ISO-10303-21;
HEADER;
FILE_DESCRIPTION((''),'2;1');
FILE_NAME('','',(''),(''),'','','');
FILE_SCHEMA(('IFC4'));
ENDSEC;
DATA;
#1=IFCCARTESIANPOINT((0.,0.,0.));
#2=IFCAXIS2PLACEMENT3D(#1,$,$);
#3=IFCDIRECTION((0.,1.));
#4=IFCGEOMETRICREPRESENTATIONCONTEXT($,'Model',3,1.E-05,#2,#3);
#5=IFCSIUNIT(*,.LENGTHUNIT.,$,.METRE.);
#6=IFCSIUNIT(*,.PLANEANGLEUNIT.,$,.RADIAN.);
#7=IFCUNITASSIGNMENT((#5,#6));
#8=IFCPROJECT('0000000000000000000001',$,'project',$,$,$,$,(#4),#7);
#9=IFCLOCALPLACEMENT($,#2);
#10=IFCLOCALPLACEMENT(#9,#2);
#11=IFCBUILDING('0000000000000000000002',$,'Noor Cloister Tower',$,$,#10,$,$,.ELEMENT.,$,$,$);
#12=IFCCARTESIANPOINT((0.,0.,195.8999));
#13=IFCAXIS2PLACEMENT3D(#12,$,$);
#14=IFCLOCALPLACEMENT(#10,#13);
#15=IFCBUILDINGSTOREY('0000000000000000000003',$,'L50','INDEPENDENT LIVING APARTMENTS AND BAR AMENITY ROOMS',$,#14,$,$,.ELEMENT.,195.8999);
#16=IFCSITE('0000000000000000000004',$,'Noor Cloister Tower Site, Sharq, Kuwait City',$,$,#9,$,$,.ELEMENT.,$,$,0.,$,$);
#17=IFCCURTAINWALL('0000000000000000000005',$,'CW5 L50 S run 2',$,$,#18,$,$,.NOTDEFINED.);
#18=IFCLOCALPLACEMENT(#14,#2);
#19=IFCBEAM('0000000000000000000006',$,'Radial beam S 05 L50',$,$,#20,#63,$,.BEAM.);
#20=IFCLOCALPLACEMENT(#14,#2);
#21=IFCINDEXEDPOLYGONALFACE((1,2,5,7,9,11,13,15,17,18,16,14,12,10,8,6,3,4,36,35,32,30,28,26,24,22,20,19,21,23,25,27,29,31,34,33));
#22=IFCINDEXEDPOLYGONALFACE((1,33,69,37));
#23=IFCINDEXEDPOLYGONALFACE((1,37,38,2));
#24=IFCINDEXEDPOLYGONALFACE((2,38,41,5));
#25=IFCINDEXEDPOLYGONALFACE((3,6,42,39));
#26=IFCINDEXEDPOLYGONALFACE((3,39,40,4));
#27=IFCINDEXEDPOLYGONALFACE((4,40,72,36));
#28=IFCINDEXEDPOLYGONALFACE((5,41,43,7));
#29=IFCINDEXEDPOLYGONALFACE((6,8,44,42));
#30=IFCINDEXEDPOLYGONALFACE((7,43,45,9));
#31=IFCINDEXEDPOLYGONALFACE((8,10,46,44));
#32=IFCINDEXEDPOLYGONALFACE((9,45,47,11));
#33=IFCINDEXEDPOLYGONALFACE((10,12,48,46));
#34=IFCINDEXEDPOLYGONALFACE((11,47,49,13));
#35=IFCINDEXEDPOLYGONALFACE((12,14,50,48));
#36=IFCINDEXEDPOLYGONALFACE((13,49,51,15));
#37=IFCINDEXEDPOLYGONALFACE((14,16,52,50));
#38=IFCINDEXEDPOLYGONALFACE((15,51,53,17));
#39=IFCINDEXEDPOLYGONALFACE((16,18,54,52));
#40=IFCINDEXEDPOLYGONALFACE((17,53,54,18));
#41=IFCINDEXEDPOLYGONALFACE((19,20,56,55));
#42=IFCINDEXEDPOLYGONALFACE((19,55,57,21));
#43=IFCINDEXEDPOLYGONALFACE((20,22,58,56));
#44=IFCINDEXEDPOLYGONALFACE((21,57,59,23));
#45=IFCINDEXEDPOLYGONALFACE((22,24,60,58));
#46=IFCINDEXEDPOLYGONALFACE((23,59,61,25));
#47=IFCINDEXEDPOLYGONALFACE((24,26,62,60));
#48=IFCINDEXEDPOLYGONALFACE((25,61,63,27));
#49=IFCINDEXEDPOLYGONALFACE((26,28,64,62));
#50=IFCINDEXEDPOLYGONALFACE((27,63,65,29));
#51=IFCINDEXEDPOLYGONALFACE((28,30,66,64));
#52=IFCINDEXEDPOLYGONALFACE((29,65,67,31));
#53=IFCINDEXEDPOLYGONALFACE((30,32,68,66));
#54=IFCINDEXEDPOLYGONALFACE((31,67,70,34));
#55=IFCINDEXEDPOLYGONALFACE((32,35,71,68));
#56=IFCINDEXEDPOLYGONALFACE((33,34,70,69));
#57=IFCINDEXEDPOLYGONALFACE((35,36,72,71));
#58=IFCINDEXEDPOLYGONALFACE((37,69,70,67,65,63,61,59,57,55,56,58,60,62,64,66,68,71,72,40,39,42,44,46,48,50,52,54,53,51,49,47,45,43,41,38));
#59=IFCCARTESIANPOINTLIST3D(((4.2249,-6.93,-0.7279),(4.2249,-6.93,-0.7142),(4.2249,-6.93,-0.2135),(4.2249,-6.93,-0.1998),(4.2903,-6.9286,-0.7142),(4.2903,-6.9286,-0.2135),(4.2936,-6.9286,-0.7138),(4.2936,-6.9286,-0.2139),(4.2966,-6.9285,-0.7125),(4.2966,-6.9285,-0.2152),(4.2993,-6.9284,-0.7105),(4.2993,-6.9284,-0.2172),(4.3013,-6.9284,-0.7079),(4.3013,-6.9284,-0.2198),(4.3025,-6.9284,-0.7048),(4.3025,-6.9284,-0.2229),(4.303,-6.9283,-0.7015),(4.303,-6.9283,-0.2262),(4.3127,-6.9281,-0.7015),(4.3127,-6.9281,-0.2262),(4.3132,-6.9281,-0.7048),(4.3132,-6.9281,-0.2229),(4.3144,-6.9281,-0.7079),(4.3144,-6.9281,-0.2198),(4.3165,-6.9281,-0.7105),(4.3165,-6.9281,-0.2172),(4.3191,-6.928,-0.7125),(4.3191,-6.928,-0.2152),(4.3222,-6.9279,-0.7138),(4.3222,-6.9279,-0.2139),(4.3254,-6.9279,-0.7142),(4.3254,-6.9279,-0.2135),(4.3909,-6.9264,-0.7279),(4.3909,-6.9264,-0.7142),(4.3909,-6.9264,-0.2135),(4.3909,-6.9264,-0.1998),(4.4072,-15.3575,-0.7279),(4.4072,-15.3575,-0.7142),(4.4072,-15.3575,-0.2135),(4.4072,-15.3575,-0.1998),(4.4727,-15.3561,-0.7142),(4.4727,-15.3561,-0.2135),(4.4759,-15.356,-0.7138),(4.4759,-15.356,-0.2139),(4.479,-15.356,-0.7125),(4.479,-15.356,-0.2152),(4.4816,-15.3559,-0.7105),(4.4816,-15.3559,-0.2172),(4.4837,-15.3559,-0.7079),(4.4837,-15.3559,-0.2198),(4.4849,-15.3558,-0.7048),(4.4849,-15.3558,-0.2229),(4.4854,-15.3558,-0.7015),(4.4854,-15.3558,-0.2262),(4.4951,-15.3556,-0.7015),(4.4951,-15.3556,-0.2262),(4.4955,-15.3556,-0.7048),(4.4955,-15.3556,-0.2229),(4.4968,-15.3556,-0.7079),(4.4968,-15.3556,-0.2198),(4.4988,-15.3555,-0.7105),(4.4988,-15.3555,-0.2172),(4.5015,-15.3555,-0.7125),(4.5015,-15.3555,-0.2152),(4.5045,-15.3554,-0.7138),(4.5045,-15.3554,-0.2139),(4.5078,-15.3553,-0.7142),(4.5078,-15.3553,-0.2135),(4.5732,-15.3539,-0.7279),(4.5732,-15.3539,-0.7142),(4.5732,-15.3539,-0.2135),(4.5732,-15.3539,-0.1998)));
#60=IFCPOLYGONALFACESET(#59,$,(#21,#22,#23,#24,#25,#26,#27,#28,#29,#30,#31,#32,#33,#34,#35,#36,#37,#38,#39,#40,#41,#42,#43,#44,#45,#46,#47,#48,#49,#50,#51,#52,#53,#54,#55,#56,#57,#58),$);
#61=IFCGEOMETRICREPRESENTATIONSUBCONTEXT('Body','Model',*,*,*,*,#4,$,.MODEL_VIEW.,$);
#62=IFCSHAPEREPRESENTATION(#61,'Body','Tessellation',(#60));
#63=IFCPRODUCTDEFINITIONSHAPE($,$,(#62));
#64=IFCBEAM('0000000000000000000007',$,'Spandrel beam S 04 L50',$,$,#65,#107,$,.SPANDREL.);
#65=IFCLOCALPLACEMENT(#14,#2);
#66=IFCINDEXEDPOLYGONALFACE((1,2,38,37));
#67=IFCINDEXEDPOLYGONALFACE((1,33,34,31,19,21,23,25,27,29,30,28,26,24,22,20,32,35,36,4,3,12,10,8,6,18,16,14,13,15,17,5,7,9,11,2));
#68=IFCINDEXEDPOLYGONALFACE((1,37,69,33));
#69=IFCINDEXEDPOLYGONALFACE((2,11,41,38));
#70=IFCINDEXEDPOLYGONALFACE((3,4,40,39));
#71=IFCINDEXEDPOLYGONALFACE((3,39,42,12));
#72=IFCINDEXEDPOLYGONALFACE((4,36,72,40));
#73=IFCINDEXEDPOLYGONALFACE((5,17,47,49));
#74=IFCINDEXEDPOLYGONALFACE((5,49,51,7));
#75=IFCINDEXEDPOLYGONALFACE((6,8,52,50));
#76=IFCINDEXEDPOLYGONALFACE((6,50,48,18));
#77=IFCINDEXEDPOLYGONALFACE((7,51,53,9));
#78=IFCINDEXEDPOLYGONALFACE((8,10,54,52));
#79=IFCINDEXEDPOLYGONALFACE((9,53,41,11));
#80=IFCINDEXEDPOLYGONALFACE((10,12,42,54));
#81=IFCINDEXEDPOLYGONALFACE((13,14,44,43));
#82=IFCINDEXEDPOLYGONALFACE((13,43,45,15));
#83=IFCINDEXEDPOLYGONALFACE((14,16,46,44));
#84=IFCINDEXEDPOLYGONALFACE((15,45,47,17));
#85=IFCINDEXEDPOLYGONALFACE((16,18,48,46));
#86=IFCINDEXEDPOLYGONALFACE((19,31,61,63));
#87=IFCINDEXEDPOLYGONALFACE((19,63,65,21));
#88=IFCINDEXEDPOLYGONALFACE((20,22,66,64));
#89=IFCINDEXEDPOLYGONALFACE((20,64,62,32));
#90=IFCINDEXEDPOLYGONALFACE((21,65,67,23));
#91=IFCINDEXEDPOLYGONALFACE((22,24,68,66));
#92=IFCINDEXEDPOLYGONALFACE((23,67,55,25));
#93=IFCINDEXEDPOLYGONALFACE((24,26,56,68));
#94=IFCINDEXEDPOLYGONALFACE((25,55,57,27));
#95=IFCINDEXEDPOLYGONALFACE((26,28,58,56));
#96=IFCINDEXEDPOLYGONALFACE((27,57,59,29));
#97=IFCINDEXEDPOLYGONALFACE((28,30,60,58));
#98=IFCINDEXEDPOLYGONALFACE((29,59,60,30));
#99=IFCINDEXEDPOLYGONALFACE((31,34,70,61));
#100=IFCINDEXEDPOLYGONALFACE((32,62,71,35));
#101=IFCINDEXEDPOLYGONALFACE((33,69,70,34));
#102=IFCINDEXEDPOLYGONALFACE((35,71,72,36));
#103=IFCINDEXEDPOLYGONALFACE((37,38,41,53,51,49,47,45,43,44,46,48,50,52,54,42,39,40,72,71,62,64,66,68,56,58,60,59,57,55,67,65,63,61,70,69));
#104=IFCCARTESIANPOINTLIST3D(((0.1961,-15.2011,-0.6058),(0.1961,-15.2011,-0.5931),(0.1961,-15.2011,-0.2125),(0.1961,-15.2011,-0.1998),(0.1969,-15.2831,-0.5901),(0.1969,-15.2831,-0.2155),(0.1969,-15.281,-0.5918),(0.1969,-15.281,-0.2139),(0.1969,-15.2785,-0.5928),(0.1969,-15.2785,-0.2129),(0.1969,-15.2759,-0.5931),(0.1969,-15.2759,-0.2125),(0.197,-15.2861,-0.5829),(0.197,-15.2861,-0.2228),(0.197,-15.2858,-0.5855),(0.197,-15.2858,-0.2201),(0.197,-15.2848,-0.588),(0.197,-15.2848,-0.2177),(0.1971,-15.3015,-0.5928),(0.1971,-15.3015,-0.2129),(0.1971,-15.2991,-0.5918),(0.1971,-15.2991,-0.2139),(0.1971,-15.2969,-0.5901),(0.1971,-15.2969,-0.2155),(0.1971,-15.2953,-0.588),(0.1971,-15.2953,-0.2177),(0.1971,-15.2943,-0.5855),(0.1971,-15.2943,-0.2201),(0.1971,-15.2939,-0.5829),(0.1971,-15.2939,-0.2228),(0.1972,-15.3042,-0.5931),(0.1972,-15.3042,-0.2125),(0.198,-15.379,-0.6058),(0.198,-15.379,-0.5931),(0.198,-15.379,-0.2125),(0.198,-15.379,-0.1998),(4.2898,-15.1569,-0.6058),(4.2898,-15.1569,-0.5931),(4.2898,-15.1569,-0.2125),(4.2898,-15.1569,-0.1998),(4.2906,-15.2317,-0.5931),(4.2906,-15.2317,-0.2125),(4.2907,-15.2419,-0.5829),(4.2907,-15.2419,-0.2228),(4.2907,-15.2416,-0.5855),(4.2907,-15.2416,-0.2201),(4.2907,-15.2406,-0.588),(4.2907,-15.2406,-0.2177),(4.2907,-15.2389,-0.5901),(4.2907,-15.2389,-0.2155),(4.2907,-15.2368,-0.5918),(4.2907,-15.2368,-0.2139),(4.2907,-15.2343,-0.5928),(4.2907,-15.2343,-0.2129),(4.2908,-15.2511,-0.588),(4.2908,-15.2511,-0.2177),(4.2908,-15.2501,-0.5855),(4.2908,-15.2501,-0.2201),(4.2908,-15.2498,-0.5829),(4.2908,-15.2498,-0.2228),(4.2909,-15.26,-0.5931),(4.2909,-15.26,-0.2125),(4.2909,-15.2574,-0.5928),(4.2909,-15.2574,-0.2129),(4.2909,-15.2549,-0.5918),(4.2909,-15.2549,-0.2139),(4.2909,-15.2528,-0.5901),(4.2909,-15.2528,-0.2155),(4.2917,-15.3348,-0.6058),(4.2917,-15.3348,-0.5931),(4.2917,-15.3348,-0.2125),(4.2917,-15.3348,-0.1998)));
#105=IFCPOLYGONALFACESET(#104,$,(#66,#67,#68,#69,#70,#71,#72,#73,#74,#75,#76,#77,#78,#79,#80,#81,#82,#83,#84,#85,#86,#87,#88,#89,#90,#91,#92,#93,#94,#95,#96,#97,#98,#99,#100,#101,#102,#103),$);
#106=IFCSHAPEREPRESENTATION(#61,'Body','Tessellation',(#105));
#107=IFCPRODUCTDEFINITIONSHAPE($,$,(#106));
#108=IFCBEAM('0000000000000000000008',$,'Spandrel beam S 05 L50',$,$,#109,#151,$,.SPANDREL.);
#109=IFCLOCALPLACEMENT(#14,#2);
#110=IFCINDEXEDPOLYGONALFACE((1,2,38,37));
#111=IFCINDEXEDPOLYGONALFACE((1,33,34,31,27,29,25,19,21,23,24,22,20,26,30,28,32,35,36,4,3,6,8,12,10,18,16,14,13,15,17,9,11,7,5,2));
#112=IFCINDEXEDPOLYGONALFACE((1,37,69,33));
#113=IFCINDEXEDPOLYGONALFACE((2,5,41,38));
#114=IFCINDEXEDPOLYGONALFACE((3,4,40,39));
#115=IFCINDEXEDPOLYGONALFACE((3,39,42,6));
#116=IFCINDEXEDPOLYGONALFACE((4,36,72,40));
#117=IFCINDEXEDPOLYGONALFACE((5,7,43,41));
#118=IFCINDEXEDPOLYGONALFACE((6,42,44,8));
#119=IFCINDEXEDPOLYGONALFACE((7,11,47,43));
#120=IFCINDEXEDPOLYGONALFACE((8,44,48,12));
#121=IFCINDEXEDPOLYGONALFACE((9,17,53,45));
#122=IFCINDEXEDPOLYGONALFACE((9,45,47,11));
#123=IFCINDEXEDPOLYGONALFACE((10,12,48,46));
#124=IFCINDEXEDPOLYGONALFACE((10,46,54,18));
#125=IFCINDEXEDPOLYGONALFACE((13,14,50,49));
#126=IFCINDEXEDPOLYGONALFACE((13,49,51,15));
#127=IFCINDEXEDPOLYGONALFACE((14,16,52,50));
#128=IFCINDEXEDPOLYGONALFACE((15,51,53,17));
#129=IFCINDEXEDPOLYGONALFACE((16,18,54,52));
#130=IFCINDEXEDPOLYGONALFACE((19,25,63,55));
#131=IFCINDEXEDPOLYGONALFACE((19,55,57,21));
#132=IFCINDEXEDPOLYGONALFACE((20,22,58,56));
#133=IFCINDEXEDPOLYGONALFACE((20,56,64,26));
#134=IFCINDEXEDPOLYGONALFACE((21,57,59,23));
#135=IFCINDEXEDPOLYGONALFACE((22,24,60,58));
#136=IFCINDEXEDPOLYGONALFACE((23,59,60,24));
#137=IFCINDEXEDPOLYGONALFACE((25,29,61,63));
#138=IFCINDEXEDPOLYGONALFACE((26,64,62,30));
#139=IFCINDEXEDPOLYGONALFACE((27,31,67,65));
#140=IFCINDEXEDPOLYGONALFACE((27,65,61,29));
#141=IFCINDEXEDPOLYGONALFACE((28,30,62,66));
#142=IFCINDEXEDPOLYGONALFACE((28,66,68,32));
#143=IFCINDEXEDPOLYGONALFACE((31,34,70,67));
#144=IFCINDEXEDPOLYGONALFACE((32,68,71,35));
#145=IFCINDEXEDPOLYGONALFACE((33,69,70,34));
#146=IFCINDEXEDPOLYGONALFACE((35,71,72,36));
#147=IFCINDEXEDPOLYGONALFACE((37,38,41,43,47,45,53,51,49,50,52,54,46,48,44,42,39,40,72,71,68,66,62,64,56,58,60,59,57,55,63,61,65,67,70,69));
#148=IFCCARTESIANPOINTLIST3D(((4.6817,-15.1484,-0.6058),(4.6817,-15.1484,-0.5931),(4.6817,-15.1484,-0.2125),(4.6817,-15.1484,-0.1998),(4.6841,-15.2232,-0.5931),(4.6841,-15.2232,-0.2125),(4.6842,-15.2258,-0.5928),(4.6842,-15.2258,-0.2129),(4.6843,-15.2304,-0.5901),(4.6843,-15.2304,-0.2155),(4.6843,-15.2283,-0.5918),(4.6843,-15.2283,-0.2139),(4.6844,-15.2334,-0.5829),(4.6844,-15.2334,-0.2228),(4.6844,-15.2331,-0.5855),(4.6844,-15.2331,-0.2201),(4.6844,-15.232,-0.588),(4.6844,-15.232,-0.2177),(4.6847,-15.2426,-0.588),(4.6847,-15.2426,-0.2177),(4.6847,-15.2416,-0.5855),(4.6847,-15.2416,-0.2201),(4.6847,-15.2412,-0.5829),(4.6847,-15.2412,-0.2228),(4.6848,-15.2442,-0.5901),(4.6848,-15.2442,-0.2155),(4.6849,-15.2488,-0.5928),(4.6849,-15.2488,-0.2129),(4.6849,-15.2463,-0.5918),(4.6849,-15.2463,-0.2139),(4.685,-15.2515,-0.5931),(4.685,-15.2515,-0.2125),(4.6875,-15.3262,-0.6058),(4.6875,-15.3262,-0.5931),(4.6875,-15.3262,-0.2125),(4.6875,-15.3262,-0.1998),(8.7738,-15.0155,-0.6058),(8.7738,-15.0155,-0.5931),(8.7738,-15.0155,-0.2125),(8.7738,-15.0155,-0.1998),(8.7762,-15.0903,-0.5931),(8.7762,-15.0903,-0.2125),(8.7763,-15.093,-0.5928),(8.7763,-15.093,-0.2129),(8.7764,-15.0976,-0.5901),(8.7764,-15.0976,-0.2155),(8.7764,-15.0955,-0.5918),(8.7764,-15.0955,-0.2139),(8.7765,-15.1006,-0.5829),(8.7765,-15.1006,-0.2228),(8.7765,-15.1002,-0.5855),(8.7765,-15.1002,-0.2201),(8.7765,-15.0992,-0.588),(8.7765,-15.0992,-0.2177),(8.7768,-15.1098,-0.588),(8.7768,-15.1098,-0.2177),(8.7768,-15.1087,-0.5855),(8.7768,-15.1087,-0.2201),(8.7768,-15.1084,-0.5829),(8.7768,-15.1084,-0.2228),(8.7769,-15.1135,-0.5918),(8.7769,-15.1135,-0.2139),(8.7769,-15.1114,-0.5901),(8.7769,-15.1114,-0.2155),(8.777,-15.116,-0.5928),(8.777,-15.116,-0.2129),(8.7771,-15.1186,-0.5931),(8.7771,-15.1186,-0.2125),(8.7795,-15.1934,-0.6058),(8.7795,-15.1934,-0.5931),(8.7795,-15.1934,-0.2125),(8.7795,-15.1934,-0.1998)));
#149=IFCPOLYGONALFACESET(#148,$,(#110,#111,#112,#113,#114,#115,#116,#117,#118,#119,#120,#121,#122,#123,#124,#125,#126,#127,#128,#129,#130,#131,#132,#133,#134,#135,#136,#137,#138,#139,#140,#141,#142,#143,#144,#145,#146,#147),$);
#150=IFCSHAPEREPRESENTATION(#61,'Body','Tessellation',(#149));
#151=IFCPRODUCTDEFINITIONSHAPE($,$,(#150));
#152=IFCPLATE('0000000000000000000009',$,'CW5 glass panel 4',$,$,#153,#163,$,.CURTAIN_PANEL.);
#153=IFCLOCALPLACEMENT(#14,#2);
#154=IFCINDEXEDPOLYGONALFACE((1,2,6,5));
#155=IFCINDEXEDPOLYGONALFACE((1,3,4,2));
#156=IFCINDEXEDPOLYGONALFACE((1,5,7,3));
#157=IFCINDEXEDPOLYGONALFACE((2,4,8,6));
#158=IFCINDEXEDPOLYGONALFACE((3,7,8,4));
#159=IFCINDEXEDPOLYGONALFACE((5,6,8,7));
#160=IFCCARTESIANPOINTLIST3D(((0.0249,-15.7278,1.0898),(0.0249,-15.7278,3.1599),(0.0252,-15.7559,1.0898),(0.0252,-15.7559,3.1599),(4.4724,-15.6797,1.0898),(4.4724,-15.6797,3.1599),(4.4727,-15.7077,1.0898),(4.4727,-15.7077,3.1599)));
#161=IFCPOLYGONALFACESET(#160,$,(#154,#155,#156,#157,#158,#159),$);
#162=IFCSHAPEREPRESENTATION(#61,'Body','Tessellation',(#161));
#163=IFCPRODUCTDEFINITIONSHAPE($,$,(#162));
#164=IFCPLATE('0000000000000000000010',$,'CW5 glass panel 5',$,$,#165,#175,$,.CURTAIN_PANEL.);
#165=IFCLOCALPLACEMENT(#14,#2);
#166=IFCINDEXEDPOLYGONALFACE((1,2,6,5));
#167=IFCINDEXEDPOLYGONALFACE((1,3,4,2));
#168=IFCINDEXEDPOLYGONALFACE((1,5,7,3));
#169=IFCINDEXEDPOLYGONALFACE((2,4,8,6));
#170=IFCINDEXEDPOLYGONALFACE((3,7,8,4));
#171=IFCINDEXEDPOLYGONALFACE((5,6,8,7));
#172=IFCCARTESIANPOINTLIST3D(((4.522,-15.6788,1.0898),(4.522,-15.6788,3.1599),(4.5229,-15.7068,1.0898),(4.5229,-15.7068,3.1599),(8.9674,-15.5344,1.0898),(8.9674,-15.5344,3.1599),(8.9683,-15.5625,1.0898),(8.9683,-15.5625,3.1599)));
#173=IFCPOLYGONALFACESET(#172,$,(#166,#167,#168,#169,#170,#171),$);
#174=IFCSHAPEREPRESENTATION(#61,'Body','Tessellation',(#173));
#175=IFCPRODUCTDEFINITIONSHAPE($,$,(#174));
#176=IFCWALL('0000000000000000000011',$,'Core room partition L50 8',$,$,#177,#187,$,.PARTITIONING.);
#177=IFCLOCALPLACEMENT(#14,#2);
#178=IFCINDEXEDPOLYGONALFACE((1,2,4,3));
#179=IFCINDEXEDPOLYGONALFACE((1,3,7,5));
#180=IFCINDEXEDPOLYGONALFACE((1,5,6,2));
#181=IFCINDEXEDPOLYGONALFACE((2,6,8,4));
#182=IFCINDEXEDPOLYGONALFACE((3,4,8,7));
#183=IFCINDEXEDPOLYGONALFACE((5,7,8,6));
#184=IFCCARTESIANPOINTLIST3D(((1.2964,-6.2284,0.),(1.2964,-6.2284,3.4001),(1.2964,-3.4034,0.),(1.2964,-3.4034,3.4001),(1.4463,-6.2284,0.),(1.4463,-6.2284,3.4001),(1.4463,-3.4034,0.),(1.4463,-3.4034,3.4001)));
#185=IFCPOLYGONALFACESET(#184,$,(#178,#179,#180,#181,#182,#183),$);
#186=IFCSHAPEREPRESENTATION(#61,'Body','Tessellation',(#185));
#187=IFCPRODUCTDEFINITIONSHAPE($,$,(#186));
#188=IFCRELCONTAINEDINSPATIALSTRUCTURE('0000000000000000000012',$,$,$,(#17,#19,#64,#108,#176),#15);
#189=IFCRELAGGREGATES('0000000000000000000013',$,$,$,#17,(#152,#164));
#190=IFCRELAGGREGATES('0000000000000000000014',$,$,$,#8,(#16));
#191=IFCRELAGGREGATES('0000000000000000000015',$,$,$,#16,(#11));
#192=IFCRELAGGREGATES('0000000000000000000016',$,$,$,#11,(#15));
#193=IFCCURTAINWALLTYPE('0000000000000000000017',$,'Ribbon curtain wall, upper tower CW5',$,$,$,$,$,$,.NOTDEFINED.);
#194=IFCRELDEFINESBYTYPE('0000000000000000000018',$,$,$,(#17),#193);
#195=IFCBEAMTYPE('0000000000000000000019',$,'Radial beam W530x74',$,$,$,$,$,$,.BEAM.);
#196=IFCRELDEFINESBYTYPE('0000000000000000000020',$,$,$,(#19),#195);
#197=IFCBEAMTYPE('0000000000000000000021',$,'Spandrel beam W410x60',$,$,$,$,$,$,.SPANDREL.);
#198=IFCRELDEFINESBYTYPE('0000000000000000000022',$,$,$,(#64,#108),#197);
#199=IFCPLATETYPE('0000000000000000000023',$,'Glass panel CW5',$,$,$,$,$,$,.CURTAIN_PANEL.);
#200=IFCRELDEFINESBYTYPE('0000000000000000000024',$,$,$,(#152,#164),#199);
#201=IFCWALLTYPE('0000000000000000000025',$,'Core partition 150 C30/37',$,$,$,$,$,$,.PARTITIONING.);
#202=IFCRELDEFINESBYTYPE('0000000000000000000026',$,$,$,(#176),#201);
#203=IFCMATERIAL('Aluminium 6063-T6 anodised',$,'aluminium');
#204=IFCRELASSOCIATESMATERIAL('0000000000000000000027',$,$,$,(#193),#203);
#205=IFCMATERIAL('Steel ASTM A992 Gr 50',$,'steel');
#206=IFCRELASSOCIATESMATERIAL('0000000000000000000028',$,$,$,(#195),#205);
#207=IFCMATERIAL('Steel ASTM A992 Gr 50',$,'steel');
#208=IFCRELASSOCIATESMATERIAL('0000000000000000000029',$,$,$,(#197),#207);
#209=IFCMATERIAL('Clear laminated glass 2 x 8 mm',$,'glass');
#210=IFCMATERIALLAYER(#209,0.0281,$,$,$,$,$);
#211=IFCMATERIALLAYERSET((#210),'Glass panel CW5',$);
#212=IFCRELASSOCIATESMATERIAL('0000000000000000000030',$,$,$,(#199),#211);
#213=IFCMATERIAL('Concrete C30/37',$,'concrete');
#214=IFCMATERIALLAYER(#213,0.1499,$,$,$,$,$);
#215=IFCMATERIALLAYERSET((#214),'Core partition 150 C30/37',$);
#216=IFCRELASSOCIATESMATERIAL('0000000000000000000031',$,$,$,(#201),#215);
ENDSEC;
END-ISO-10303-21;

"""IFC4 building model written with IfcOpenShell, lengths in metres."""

from ifc_helpers import new_model, si_unit, direction, frame, frame_2d, origin, origin_2d, place, context, subcontext, project, spatial, rectangle, i_section, extrude, material, layer, layer_set, material_profile, profile_set, type_object, element, aggregate, save


model = new_model("IFC4")

# Units and contexts
model_context = context("Model", 3, precision=1e-05, world=origin(), true_north=direction((0.0, 1.0)))
body_context = subcontext(model_context, "Body", "Model", "MODEL_VIEW")
ifc_project = project(units=[si_unit("LENGTHUNIT", "METRE"), si_unit("PLANEANGLEUNIT", "RADIAN")], contexts=[model_context])

# Site, building, storey
site_placement = place(None, origin())
site = spatial("IfcSite", under=ifc_project, at=site_placement, Name="Noor Cloister Tower Site, Sharq, Kuwait City", CompositionType="ELEMENT", RefElevation=0.0)
building_placement = place(site_placement, origin())
building = spatial("IfcBuilding", under=site, at=building_placement, Name="Noor Cloister Tower", CompositionType="ELEMENT")
storey_placement = place(building_placement, frame((0.0, 0.0, 195.8999)))
storey = spatial("IfcBuildingStorey", under=building, at=storey_placement, Name="L50", Description="INDEPENDENT LIVING APARTMENTS AND BAR AMENITY ROOMS", CompositionType="ELEMENT", Elevation=195.8999)

# Curtain wall
ifc_material_1 = material(Name="Aluminium 6063-T6 anodised", Category="aluminium")
curtain_wall_type = type_object("IfcCurtainWallType", Name="Ribbon curtain wall, upper tower CW5", PredefinedType="NOTDEFINED", material=ifc_material_1)
curtain_wall_placement = place(storey_placement, origin())
curtain_wall = element("IfcCurtainWall", 1, at=curtain_wall_placement, inside=storey, type_object=curtain_wall_type, Name="CW5 L50 S run 2", PredefinedType="NOTDEFINED")

# Beams
ifc_material_2 = material(Name="Steel ASTM A992 Gr 50", Category="steel")
ifc_material_profile_1 = material_profile(ifc_material_2, i_section(OverallWidth=0.166, OverallDepth=0.5281, WebThickness=0.0098, FlangeThickness=0.0137, FilletRadius=0.0127, at=origin_2d()), Name="W530x74")
ifc_profile_set_1 = profile_set([ifc_material_profile_1], Name="Steel ASTM A992 Gr 50")
beam_type_1 = type_object("IfcBeamType", Name="Radial beam W530x74", PredefinedType="BEAM", material=ifc_profile_set_1)
beam_1_placement = place(storey_placement, frame((4.4902, -15.3557, -0.4639), z_axis=(-0.021635, 0.999766, 0.0), x_axis=(-0.999766, -0.021635, 0.0)))
element("IfcBeam", 2, at=beam_1_placement, inside=storey, type_object=beam_type_1, Name="Radial beam S 05 L50", PredefinedType="BEAM", context=body_context, shape_type="SweptSolid", body=[
    extrude(i_section(OverallWidth=0.166, OverallDepth=0.5281, WebThickness=0.0098, FlangeThickness=0.0137, FilletRadius=0.0127, at=origin_2d()), origin(), (0.0, 0.0, 1.0), 8.4294),
])
ifc_material_3 = material(Name="Steel ASTM A992 Gr 50", Category="steel")
ifc_material_profile_2 = material_profile(ifc_material_3, i_section(OverallWidth=0.178, OverallDepth=0.406, WebThickness=0.0078, FlangeThickness=0.0127, FilletRadius=0.0103, at=origin_2d()), Name="W410x60")
ifc_profile_set_2 = profile_set([ifc_material_profile_2], Name="Steel ASTM A992 Gr 50")
beam_type_2 = type_object("IfcBeamType", Name="Spandrel beam W410x60", PredefinedType="SPANDREL", material=ifc_profile_set_2)
beam_2_placement = place(storey_placement, frame((0.197, -15.29, -0.4028), z_axis=(0.999942, 0.010794, 0.0), x_axis=(-0.010794, 0.999942, 0.0)))
element("IfcBeam", 3, at=beam_2_placement, inside=storey, type_object=beam_type_2, Name="Spandrel beam S 04 L50", PredefinedType="SPANDREL", context=body_context, shape_type="SweptSolid", body=[
    extrude(i_section(OverallWidth=0.178, OverallDepth=0.406, WebThickness=0.0078, FlangeThickness=0.0127, FilletRadius=0.0103, at=origin_2d()), origin(), (0.0, 0.0, 1.0), 4.094),
])
beam_3_placement = place(storey_placement, frame((4.6846, -15.2373, -0.4028), z_axis=(0.999474, 0.032439, 0.0), x_axis=(-0.032439, 0.999474, 0.0)))
element("IfcBeam", 4, at=beam_3_placement, inside=storey, type_object=beam_type_2, Name="Spandrel beam S 05 L50", PredefinedType="SPANDREL", context=body_context, shape_type="SweptSolid", body=[
    extrude(i_section(OverallWidth=0.178, OverallDepth=0.406, WebThickness=0.0078, FlangeThickness=0.0127, FilletRadius=0.0103, at=origin_2d()), origin(), (0.0, 0.0, 1.0), 4.0942),
])

# Plates
ifc_material_4 = material(Name="Clear laminated glass 2 x 8 mm", Category="glass")
ifc_layer_1 = layer(ifc_material_4, 0.0281)
ifc_layer_set_1 = layer_set([ifc_layer_1], Name="Glass panel CW5")
plate_type = type_object("IfcPlateType", Name="Glass panel CW5", PredefinedType="CURTAIN_PANEL", material=ifc_layer_set_1)
plate_1_placement = place(storey_placement, frame((2.2488, -15.7178, 1.0898), z_axis=(0.0, 0.0, 1.0), x_axis=(0.999941, 0.01082, 0.0)))
plate_1 = element("IfcPlate", 5, at=plate_1_placement, type_object=plate_type, Name="CW5 glass panel 4", PredefinedType="CURTAIN_PANEL", context=body_context, shape_type="SweptSolid", body=[
    extrude(rectangle(XDim=4.4478, YDim=0.0281, at=origin_2d()), origin(), (0.0, 0.0, 1.0), 2.0701),
])
plate_2_placement = place(storey_placement, frame((6.7451, -15.6206, 1.0898), z_axis=(0.0, 0.0, 1.0), x_axis=(0.999473, 0.032455, 0.0)))
plate_2 = element("IfcPlate", 6, at=plate_2_placement, type_object=plate_type, Name="CW5 glass panel 5", PredefinedType="CURTAIN_PANEL", context=body_context, shape_type="SweptSolid", body=[
    extrude(rectangle(XDim=4.4478, YDim=0.0281, at=origin_2d()), origin(), (0.0, 0.0, 1.0), 2.0701),
])
aggregate(curtain_wall, [plate_1, plate_2])

# Wall
ifc_material_5 = material(Name="Concrete C30/37", Category="concrete")
ifc_layer_2 = layer(ifc_material_5, 0.1499)
ifc_layer_set_2 = layer_set([ifc_layer_2], Name="Core partition 150 C30/37")
wall_type_1 = type_object("IfcWallType", Name="Core partition 150 C30/37", PredefinedType="PARTITIONING", material=ifc_layer_set_2)
wall_1_placement = place(storey_placement, frame((1.3713, -3.4033, 0.0), z_axis=(0.0, 0.0, 1.0), x_axis=(0.0, -1.0, 0.0)))
element("IfcWall", 7, at=wall_1_placement, inside=storey, type_object=wall_type_1, Name="Core room partition L50 8", PredefinedType="PARTITIONING", context=body_context, shape_type="SweptSolid", body=[
    extrude(rectangle(XDim=2.825, YDim=0.1499, at=frame_2d((1.4126, 0.0))), origin(), (0.0, 0.0, 1.0), 3.4001),
])

save(model, "model.ifc")
